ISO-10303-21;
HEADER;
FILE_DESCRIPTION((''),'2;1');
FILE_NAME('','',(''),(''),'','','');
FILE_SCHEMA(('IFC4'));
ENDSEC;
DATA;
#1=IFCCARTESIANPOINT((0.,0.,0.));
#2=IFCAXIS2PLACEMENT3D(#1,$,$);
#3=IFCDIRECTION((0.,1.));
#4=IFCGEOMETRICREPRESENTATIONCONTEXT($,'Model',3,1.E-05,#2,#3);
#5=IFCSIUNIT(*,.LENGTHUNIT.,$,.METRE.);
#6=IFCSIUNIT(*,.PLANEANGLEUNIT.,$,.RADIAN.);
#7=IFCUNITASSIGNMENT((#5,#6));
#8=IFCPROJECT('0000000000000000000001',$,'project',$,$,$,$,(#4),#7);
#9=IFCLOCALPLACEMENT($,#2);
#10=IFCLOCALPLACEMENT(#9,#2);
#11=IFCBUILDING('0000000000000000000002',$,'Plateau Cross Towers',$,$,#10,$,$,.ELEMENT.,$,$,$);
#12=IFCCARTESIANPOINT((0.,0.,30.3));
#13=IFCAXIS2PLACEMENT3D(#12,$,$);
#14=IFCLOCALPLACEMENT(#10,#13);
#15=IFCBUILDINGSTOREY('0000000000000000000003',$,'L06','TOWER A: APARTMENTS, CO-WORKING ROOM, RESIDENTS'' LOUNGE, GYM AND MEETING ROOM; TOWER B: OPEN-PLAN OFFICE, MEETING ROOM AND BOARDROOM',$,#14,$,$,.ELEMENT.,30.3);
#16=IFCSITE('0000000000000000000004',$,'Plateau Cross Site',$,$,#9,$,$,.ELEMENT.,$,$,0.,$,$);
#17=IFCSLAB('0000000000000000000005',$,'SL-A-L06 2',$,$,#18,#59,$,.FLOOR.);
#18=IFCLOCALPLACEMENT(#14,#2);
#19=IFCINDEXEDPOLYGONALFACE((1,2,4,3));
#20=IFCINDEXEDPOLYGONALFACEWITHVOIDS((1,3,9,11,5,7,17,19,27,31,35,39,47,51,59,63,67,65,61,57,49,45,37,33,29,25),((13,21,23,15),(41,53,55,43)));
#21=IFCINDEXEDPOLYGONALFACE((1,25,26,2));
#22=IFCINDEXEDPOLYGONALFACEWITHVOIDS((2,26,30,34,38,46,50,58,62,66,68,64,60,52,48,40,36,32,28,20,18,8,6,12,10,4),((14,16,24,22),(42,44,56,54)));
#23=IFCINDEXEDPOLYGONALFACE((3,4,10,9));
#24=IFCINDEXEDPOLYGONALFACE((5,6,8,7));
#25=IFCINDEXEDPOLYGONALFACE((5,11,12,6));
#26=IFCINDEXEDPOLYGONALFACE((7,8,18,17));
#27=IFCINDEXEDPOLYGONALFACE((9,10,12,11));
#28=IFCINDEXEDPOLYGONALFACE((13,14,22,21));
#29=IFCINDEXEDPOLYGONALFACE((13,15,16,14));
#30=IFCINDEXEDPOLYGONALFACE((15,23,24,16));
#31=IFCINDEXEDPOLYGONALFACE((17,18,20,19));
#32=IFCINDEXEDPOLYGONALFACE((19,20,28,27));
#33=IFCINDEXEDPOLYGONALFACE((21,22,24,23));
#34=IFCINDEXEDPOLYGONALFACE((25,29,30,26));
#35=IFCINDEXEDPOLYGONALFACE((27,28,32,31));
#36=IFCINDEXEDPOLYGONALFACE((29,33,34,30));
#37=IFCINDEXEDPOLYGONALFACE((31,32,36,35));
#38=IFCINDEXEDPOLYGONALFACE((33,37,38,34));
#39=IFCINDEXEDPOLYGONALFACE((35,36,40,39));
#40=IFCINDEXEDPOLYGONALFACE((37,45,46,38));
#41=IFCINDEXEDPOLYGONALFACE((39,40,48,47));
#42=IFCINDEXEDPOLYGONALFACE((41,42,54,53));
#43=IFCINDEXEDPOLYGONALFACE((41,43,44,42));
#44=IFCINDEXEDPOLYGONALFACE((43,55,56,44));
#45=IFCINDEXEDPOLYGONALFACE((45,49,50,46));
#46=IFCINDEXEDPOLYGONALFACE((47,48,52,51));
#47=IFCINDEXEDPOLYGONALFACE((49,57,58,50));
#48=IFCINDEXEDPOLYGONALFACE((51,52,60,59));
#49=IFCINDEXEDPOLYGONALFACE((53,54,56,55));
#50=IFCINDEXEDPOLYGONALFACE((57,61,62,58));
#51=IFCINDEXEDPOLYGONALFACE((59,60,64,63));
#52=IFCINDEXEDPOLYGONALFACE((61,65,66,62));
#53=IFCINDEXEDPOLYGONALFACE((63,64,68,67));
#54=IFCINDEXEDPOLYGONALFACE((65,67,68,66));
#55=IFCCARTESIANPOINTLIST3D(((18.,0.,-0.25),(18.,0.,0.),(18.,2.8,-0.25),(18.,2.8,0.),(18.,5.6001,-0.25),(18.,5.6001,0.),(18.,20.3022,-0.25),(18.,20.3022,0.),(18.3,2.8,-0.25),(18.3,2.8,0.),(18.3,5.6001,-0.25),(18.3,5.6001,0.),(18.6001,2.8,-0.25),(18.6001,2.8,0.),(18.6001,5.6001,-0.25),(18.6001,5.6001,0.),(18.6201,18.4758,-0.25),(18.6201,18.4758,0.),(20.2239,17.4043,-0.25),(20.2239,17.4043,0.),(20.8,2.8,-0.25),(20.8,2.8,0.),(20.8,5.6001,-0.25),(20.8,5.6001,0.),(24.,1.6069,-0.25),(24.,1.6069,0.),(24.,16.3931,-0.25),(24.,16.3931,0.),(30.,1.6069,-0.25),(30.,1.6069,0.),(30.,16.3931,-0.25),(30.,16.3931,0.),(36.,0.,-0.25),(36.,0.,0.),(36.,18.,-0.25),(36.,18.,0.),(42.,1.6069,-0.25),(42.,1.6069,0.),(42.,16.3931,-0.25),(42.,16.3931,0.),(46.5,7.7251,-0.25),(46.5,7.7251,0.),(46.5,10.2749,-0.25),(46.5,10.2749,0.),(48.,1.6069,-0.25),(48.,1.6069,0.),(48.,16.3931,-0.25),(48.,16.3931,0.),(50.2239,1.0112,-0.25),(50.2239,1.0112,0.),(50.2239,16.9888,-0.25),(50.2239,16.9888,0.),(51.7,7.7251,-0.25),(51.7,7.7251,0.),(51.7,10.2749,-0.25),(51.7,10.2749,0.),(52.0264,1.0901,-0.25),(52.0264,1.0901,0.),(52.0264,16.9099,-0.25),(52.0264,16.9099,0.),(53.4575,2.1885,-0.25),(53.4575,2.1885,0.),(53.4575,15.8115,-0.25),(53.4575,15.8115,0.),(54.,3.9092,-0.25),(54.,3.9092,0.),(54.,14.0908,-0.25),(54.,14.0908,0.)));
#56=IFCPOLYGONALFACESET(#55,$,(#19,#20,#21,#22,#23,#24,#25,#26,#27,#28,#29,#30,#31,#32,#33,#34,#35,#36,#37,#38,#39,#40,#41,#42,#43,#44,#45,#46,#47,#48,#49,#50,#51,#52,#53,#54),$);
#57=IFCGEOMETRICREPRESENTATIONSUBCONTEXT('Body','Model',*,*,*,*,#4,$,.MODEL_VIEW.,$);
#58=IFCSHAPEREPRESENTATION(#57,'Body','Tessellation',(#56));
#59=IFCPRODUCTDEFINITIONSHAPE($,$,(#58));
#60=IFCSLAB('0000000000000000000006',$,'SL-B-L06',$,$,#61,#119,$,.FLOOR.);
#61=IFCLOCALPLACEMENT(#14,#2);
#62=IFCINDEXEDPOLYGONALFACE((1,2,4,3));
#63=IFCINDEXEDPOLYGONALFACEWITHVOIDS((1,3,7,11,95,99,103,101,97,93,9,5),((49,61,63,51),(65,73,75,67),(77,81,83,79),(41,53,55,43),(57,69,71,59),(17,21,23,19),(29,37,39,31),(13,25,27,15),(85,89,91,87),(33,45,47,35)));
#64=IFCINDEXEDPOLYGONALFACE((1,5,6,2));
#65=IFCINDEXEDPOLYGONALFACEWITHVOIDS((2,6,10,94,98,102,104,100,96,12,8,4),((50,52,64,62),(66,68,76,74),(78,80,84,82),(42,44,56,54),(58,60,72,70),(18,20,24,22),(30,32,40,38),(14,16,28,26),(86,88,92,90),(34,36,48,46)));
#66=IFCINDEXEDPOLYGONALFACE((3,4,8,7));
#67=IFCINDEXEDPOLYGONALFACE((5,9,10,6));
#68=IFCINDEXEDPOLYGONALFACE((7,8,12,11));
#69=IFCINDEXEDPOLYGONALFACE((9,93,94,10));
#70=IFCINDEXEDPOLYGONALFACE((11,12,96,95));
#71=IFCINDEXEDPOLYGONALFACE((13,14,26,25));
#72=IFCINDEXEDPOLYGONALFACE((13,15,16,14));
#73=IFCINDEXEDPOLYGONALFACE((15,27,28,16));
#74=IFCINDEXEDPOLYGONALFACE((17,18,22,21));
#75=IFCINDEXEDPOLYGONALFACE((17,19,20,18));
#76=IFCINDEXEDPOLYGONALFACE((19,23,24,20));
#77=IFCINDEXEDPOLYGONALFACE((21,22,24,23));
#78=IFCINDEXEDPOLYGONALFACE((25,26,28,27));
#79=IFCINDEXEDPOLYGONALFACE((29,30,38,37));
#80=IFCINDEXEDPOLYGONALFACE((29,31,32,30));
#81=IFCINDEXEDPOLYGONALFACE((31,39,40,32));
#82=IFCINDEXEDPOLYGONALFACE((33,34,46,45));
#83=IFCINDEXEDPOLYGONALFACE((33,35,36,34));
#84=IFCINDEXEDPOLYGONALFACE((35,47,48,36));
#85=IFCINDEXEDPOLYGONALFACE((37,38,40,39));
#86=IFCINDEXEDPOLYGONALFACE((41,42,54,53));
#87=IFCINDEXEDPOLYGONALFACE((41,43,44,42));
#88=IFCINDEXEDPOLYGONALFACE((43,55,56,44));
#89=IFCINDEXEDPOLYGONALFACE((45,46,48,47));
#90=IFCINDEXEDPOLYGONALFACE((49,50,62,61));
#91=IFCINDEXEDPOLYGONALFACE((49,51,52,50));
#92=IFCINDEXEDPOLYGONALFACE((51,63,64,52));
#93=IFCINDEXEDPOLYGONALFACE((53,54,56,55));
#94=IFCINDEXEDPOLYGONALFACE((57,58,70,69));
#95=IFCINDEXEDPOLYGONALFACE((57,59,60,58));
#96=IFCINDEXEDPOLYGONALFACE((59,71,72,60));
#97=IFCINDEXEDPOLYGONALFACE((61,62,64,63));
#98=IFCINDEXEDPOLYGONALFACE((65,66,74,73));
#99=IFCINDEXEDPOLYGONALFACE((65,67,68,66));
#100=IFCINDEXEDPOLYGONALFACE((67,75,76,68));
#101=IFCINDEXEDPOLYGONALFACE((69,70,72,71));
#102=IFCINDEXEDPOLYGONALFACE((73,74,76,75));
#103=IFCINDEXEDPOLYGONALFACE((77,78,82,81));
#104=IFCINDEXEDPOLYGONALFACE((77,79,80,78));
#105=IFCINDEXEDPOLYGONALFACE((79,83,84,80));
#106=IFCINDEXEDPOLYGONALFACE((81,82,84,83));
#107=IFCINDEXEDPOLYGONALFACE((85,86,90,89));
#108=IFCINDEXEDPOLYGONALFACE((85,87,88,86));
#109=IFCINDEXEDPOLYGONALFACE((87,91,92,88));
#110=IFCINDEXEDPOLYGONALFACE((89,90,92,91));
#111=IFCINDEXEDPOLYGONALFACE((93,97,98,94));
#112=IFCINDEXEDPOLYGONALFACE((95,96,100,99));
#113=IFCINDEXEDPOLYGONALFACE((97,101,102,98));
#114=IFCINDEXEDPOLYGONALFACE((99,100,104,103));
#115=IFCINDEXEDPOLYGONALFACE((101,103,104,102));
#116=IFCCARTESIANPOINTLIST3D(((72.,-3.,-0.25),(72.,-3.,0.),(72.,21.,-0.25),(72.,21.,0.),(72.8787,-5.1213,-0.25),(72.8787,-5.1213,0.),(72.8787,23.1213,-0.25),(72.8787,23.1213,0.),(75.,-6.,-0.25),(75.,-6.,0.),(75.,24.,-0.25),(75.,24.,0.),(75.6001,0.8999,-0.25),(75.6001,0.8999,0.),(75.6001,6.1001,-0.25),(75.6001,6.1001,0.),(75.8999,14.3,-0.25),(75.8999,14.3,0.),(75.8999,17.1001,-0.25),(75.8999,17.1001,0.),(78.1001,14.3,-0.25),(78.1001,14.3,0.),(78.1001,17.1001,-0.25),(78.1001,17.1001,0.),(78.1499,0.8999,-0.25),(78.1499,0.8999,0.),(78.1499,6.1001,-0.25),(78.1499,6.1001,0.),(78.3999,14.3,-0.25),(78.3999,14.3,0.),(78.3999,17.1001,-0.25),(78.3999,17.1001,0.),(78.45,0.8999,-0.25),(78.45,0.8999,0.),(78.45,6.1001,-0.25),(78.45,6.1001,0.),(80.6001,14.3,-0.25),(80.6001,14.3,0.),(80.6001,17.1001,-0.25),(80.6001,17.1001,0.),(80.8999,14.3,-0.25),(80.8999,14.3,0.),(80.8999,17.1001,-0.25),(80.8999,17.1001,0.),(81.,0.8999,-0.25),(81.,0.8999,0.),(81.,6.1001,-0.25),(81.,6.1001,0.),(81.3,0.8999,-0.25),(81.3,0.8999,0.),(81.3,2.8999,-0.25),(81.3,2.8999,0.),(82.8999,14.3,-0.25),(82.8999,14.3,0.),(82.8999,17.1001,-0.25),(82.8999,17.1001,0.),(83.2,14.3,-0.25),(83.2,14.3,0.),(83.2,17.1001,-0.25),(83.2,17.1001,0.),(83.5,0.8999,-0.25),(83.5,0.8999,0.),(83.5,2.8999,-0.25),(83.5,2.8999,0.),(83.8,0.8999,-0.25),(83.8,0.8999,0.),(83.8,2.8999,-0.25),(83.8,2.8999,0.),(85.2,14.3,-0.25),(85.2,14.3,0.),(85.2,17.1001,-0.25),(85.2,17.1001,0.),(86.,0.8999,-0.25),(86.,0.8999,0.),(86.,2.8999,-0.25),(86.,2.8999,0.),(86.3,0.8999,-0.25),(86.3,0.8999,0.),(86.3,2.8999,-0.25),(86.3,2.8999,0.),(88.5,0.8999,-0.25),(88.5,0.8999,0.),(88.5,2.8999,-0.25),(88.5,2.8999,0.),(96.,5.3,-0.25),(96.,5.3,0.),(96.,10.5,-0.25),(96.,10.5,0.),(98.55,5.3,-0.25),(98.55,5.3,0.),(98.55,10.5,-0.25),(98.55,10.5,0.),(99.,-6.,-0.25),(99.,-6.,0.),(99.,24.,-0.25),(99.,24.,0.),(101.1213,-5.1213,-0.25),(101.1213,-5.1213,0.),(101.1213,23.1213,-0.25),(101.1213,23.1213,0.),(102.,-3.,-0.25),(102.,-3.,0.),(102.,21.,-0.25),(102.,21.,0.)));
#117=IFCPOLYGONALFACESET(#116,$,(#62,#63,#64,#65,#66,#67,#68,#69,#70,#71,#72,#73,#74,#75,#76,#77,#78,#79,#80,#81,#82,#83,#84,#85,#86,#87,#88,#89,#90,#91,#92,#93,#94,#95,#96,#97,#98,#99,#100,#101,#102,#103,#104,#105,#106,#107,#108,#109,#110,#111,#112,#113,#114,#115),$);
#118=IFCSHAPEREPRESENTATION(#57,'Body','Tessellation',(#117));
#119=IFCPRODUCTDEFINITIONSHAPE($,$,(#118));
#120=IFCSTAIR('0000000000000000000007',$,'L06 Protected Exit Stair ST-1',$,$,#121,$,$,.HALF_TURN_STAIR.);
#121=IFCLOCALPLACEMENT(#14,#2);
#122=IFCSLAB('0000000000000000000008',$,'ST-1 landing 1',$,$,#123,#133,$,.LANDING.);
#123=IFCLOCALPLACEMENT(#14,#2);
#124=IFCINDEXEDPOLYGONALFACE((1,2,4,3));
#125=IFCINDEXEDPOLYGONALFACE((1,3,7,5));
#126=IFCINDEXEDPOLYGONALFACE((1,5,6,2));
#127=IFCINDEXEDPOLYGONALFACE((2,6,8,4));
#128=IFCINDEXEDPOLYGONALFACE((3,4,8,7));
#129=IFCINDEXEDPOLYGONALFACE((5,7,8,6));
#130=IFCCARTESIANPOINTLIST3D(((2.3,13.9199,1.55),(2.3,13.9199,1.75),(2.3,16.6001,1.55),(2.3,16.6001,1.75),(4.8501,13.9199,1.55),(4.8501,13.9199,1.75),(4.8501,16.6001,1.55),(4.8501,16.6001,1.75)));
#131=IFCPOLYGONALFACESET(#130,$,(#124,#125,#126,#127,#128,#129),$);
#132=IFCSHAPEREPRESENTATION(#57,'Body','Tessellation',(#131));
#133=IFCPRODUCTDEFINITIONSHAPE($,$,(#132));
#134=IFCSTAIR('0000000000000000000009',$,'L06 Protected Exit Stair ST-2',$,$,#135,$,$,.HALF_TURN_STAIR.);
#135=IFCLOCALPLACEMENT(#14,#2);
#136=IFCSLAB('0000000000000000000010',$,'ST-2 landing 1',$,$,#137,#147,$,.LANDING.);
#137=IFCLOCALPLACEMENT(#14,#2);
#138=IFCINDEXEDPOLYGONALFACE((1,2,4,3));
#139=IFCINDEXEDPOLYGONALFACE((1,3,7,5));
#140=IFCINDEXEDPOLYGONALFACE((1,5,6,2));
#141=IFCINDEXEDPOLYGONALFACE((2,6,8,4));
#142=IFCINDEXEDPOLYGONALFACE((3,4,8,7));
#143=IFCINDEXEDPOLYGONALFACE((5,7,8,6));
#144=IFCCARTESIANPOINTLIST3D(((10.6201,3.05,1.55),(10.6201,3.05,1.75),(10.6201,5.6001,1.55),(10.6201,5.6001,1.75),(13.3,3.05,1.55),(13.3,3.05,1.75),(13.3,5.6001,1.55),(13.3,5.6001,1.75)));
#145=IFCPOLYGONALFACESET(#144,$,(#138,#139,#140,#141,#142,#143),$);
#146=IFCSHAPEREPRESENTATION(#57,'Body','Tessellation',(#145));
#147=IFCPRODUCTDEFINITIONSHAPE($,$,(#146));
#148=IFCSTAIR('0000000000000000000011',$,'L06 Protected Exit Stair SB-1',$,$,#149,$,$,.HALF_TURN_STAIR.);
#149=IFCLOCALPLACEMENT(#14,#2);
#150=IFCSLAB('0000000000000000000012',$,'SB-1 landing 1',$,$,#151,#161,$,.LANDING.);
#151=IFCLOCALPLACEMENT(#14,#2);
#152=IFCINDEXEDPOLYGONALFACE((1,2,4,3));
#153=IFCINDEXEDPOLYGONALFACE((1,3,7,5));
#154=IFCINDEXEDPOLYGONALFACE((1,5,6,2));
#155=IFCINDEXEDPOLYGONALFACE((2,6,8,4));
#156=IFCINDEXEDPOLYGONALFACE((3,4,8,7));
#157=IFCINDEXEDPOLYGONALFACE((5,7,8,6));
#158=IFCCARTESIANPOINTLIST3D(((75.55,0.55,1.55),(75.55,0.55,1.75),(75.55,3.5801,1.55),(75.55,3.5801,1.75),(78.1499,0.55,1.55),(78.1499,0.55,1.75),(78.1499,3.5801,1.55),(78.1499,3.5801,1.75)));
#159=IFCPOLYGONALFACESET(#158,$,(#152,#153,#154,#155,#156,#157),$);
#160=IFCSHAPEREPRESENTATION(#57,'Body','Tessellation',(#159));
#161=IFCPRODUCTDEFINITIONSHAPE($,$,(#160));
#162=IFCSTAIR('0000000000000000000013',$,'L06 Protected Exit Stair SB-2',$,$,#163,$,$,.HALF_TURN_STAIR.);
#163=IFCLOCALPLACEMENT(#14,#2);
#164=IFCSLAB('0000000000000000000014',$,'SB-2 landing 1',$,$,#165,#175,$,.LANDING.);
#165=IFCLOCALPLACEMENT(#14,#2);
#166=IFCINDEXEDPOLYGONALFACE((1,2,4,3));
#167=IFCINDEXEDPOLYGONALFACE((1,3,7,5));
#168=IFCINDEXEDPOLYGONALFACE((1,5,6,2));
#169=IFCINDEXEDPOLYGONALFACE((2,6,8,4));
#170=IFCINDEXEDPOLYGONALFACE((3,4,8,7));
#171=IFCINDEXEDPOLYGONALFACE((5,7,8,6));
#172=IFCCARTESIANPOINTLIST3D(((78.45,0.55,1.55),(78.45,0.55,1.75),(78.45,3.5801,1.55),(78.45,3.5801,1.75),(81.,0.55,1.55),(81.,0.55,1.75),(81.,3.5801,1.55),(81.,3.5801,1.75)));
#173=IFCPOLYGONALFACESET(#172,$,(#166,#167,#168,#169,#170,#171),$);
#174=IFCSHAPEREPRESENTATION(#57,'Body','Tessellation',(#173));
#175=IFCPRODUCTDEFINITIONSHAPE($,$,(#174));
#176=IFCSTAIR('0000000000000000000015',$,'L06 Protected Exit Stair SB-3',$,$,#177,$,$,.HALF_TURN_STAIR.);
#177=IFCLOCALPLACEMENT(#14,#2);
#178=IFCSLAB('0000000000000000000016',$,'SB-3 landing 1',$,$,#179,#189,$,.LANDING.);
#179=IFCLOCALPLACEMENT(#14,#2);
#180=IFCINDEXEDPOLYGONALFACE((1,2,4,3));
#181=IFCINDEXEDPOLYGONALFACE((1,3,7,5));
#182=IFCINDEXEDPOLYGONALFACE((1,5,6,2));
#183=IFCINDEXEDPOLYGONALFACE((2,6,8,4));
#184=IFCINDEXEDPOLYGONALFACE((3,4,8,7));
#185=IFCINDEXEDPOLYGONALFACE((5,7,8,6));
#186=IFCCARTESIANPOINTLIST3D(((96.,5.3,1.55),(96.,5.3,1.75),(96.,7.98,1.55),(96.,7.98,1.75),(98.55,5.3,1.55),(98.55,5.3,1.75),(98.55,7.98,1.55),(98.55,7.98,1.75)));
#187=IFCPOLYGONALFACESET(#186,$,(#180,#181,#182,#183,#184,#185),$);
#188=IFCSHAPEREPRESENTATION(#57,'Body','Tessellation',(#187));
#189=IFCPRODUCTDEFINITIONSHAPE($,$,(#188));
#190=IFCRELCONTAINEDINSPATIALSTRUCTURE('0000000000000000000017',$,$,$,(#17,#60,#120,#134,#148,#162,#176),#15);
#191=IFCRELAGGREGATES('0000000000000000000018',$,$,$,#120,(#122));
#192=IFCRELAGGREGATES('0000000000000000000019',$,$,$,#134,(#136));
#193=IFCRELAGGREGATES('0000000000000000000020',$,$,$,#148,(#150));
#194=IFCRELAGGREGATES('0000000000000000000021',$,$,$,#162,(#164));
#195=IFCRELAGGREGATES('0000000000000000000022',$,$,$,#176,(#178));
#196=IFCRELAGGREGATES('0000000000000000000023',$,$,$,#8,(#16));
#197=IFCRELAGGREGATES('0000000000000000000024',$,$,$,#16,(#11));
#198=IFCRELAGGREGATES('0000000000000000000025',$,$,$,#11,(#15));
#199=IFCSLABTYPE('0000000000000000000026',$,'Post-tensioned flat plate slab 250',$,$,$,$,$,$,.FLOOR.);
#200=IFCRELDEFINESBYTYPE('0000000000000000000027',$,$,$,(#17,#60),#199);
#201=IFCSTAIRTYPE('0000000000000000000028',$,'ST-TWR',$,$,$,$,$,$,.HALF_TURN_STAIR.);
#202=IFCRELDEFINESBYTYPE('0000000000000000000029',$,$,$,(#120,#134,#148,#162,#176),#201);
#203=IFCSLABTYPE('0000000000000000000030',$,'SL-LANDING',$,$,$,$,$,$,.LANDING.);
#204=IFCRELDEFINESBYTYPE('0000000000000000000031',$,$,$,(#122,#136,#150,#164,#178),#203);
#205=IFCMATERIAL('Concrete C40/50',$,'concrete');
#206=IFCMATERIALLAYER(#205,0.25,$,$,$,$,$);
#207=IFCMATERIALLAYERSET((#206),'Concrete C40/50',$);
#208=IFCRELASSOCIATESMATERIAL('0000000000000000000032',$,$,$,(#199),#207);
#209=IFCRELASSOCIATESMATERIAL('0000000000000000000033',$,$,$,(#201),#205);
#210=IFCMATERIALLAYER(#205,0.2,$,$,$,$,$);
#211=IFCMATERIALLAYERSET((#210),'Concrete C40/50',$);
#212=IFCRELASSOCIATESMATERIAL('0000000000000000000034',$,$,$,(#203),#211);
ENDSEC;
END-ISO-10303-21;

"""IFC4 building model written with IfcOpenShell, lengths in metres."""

from ifc_helpers import new_model, si_unit, direction, frame, origin, place, context, subcontext, project, spatial, polyline, outline, extrude, material, layer, layer_set, type_object, element, aggregate, save


model = new_model("IFC4")

# Units and contexts
model_context = context("Model", 3, precision=1e-05, world=origin(), true_north=direction((0.0, 1.0)))
body_context = subcontext(model_context, "Body", "Model", "MODEL_VIEW")
ifc_project = project(units=[si_unit("LENGTHUNIT", "METRE"), si_unit("PLANEANGLEUNIT", "RADIAN")], contexts=[model_context])

# Site, building, storey
site_placement = place(None, origin())
site = spatial("IfcSite", under=ifc_project, at=site_placement, Name="Plateau Cross Site", CompositionType="ELEMENT", RefElevation=0.0)
building_placement = place(site_placement, origin())
building = spatial("IfcBuilding", under=site, at=building_placement, Name="Plateau Cross Towers", CompositionType="ELEMENT")
storey_placement = place(building_placement, frame((0.0, 0.0, 30.3)))
storey = spatial("IfcBuildingStorey", under=building, at=storey_placement, Name="L06", Description="TOWER A: APARTMENTS, CO-WORKING ROOM, RESIDENTS' LOUNGE, GYM AND MEETING ROOM; TOWER B: OPEN-PLAN OFFICE, MEETING ROOM AND BOARDROOM", CompositionType="ELEMENT", Elevation=30.3)

# Shared definitions
ifc_material_1 = material(Name="Concrete C40/50", Category="concrete")

# Slabs
ifc_layer_1 = layer(ifc_material_1, 0.25)
ifc_layer_set_1 = layer_set([ifc_layer_1], Name="Concrete C40/50")
slab_type_1 = type_object("IfcSlabType", Name="Post-tensioned flat plate slab 250", PredefinedType="FLOOR", material=ifc_layer_set_1)
slab_1_placement = place(storey_placement, frame((0.0, 0.0, -0.25)))
element("IfcSlab", 1, at=slab_1_placement, inside=storey, type_object=slab_type_1, Name="SL-A-L06 2", PredefinedType="FLOOR", context=body_context, shape_type="SweptSolid", body=[
    extrude(outline(polyline([(18.6201, 18.4758), (20.2239, 17.4043), (24.0, 16.3931), (30.0, 16.3931), (36.0, 18.0), (42.0, 16.3931), (48.0, 16.3931), (50.2239, 16.9888), (52.0264, 16.9099), (53.4575, 15.8115), (54.0, 14.0908), (54.0, 3.9092), (53.4575, 2.1885), (52.0264, 1.0901), (50.2239, 1.0112), (48.0, 1.6069), (42.0, 1.6069), (36.0, 0.0), (30.0, 1.6069), (24.0, 1.6069), (18.0, 0.0), (18.0, 2.8), (18.3, 2.8), (18.3, 5.6001), (18.0, 5.6001), (18.0, 20.3022), (18.6201, 18.4758)]), holes=[polyline([(20.8, 5.6001), (18.6001, 5.6001), (18.6001, 2.8), (20.8, 2.8), (20.8, 5.6001)]), polyline([(51.7, 7.7251), (51.7, 10.2749), (46.5, 10.2749), (46.5, 7.7251), (51.7, 7.7251)])]), origin(), (0.0, 0.0, 1.0), 0.25),
])
slab_2_placement = place(storey_placement, frame((0.0, 0.0, -0.25)))
element("IfcSlab", 2, at=slab_2_placement, inside=storey, type_object=slab_type_1, Name="SL-B-L06", PredefinedType="FLOOR", context=body_context, shape_type="SweptSolid", body=[
    extrude(outline(polyline([(72.8787, -5.1213), (72.0, -3.0), (72.0, 21.0), (72.8787, 23.1213), (75.0, 24.0), (99.0, 24.0), (101.1213, 23.1213), (102.0, 21.0), (102.0, -3.0), (101.1213, -5.1213), (99.0, -6.0), (75.0, -6.0), (72.8787, -5.1213)]), holes=[polyline([(75.6001, 0.8999), (78.1499, 0.8999), (78.1499, 6.1001), (75.6001, 6.1001), (75.6001, 0.8999)]), polyline([(78.1001, 14.3), (78.1001, 17.1001), (75.8999, 17.1001), (75.8999, 14.3), (78.1001, 14.3)]), polyline([(83.5, 0.8999), (83.5, 2.8999), (81.3, 2.8999), (81.3, 0.8999), (83.5, 0.8999)]), polyline([(86.0, 0.8999), (86.0, 2.8999), (83.8, 2.8999), (83.8, 0.8999), (86.0, 0.8999)]), polyline([(88.5, 0.8999), (88.5, 2.8999), (86.3, 2.8999), (86.3, 0.8999), (88.5, 0.8999)]), polyline([(78.45, 0.8999), (81.0, 0.8999), (81.0, 6.1001), (78.45, 6.1001), (78.45, 0.8999)]), polyline([(96.0, 5.3), (98.55, 5.3), (98.55, 10.5), (96.0, 10.5), (96.0, 5.3)]), polyline([(80.6001, 14.3), (80.6001, 17.1001), (78.3999, 17.1001), (78.3999, 14.3), (80.6001, 14.3)]), polyline([(80.8999, 14.3), (82.8999, 14.3), (82.8999, 17.1001), (80.8999, 17.1001), (80.8999, 14.3)]), polyline([(83.2, 14.3), (85.2, 14.3), (85.2, 17.1001), (83.2, 17.1001), (83.2, 14.3)])]), origin(), (0.0, 0.0, 1.0), 0.25),
])

# Stairs, slabs
stair_type = type_object("IfcStairType", Name="ST-TWR", PredefinedType="HALF_TURN_STAIR", material=ifc_material_1)
stair_1_placement = place(storey_placement, origin())
stair_1 = element("IfcStair", 3, at=stair_1_placement, inside=storey, type_object=stair_type, Name="L06 Protected Exit Stair ST-1", PredefinedType="HALF_TURN_STAIR")
ifc_layer_2 = layer(ifc_material_1, 0.2)
ifc_layer_set_2 = layer_set([ifc_layer_2], Name="Concrete C40/50")
slab_type_2 = type_object("IfcSlabType", Name="SL-LANDING", PredefinedType="LANDING", material=ifc_layer_set_2)
slab_3_placement = place(storey_placement, frame((0.0, 0.0, 1.55)))
slab_3 = element("IfcSlab", 4, at=slab_3_placement, type_object=slab_type_2, Name="ST-1 landing 1", PredefinedType="LANDING", context=body_context, shape_type="SweptSolid", body=[
    extrude(outline(polyline([(4.8501, 13.9199), (4.8501, 16.6001), (2.3, 16.6001), (2.3, 13.9199), (4.8501, 13.9199)])), origin(), (0.0, 0.0, 1.0), 0.2),
])
aggregate(stair_1, [slab_3])
stair_2_placement = place(storey_placement, origin())
stair_2 = element("IfcStair", 5, at=stair_2_placement, inside=storey, type_object=stair_type, Name="L06 Protected Exit Stair ST-2", PredefinedType="HALF_TURN_STAIR")
slab_4_placement = place(storey_placement, frame((0.0, 0.0, 1.55)))
slab_4 = element("IfcSlab", 6, at=slab_4_placement, type_object=slab_type_2, Name="ST-2 landing 1", PredefinedType="LANDING", context=body_context, shape_type="SweptSolid", body=[
    extrude(outline(polyline([(10.6201, 3.05), (13.3, 3.05), (13.3, 5.6001), (10.6201, 5.6001), (10.6201, 3.05)])), origin(), (0.0, 0.0, 1.0), 0.2),
])
aggregate(stair_2, [slab_4])
stair_3_placement = place(storey_placement, origin())
stair_3 = element("IfcStair", 7, at=stair_3_placement, inside=storey, type_object=stair_type, Name="L06 Protected Exit Stair SB-1", PredefinedType="HALF_TURN_STAIR")
slab_5_placement = place(storey_placement, frame((0.0, 0.0, 1.55)))
slab_5 = element("IfcSlab", 8, at=slab_5_placement, type_object=slab_type_2, Name="SB-1 landing 1", PredefinedType="LANDING", context=body_context, shape_type="SweptSolid", body=[
    extrude(outline(polyline([(75.55, 3.5801), (75.55, 0.55), (78.1499, 0.55), (78.1499, 3.5801), (75.55, 3.5801)])), origin(), (0.0, 0.0, 1.0), 0.2),
])
aggregate(stair_3, [slab_5])
stair_4_placement = place(storey_placement, origin())
stair_4 = element("IfcStair", 9, at=stair_4_placement, inside=storey, type_object=stair_type, Name="L06 Protected Exit Stair SB-2", PredefinedType="HALF_TURN_STAIR")
slab_6_placement = place(storey_placement, frame((0.0, 0.0, 1.55)))
slab_6 = element("IfcSlab", 10, at=slab_6_placement, type_object=slab_type_2, Name="SB-2 landing 1", PredefinedType="LANDING", context=body_context, shape_type="SweptSolid", body=[
    extrude(outline(polyline([(78.45, 3.5801), (78.45, 0.55), (81.0, 0.55), (81.0, 3.5801), (78.45, 3.5801)])), origin(), (0.0, 0.0, 1.0), 0.2),
])
aggregate(stair_4, [slab_6])
stair_5_placement = place(storey_placement, origin())
stair_5 = element("IfcStair", 11, at=stair_5_placement, inside=storey, type_object=stair_type, Name="L06 Protected Exit Stair SB-3", PredefinedType="HALF_TURN_STAIR")
slab_7_placement = place(storey_placement, frame((0.0, 0.0, 1.55)))
slab_7 = element("IfcSlab", 12, at=slab_7_placement, type_object=slab_type_2, Name="SB-3 landing 1", PredefinedType="LANDING", context=body_context, shape_type="SweptSolid", body=[
    extrude(outline(polyline([(96.0, 7.98), (96.0, 5.3), (98.55, 5.3), (98.55, 7.98), (96.0, 7.98)])), origin(), (0.0, 0.0, 1.0), 0.2),
])
aggregate(stair_5, [slab_7])

save(model, "model.ifc")
